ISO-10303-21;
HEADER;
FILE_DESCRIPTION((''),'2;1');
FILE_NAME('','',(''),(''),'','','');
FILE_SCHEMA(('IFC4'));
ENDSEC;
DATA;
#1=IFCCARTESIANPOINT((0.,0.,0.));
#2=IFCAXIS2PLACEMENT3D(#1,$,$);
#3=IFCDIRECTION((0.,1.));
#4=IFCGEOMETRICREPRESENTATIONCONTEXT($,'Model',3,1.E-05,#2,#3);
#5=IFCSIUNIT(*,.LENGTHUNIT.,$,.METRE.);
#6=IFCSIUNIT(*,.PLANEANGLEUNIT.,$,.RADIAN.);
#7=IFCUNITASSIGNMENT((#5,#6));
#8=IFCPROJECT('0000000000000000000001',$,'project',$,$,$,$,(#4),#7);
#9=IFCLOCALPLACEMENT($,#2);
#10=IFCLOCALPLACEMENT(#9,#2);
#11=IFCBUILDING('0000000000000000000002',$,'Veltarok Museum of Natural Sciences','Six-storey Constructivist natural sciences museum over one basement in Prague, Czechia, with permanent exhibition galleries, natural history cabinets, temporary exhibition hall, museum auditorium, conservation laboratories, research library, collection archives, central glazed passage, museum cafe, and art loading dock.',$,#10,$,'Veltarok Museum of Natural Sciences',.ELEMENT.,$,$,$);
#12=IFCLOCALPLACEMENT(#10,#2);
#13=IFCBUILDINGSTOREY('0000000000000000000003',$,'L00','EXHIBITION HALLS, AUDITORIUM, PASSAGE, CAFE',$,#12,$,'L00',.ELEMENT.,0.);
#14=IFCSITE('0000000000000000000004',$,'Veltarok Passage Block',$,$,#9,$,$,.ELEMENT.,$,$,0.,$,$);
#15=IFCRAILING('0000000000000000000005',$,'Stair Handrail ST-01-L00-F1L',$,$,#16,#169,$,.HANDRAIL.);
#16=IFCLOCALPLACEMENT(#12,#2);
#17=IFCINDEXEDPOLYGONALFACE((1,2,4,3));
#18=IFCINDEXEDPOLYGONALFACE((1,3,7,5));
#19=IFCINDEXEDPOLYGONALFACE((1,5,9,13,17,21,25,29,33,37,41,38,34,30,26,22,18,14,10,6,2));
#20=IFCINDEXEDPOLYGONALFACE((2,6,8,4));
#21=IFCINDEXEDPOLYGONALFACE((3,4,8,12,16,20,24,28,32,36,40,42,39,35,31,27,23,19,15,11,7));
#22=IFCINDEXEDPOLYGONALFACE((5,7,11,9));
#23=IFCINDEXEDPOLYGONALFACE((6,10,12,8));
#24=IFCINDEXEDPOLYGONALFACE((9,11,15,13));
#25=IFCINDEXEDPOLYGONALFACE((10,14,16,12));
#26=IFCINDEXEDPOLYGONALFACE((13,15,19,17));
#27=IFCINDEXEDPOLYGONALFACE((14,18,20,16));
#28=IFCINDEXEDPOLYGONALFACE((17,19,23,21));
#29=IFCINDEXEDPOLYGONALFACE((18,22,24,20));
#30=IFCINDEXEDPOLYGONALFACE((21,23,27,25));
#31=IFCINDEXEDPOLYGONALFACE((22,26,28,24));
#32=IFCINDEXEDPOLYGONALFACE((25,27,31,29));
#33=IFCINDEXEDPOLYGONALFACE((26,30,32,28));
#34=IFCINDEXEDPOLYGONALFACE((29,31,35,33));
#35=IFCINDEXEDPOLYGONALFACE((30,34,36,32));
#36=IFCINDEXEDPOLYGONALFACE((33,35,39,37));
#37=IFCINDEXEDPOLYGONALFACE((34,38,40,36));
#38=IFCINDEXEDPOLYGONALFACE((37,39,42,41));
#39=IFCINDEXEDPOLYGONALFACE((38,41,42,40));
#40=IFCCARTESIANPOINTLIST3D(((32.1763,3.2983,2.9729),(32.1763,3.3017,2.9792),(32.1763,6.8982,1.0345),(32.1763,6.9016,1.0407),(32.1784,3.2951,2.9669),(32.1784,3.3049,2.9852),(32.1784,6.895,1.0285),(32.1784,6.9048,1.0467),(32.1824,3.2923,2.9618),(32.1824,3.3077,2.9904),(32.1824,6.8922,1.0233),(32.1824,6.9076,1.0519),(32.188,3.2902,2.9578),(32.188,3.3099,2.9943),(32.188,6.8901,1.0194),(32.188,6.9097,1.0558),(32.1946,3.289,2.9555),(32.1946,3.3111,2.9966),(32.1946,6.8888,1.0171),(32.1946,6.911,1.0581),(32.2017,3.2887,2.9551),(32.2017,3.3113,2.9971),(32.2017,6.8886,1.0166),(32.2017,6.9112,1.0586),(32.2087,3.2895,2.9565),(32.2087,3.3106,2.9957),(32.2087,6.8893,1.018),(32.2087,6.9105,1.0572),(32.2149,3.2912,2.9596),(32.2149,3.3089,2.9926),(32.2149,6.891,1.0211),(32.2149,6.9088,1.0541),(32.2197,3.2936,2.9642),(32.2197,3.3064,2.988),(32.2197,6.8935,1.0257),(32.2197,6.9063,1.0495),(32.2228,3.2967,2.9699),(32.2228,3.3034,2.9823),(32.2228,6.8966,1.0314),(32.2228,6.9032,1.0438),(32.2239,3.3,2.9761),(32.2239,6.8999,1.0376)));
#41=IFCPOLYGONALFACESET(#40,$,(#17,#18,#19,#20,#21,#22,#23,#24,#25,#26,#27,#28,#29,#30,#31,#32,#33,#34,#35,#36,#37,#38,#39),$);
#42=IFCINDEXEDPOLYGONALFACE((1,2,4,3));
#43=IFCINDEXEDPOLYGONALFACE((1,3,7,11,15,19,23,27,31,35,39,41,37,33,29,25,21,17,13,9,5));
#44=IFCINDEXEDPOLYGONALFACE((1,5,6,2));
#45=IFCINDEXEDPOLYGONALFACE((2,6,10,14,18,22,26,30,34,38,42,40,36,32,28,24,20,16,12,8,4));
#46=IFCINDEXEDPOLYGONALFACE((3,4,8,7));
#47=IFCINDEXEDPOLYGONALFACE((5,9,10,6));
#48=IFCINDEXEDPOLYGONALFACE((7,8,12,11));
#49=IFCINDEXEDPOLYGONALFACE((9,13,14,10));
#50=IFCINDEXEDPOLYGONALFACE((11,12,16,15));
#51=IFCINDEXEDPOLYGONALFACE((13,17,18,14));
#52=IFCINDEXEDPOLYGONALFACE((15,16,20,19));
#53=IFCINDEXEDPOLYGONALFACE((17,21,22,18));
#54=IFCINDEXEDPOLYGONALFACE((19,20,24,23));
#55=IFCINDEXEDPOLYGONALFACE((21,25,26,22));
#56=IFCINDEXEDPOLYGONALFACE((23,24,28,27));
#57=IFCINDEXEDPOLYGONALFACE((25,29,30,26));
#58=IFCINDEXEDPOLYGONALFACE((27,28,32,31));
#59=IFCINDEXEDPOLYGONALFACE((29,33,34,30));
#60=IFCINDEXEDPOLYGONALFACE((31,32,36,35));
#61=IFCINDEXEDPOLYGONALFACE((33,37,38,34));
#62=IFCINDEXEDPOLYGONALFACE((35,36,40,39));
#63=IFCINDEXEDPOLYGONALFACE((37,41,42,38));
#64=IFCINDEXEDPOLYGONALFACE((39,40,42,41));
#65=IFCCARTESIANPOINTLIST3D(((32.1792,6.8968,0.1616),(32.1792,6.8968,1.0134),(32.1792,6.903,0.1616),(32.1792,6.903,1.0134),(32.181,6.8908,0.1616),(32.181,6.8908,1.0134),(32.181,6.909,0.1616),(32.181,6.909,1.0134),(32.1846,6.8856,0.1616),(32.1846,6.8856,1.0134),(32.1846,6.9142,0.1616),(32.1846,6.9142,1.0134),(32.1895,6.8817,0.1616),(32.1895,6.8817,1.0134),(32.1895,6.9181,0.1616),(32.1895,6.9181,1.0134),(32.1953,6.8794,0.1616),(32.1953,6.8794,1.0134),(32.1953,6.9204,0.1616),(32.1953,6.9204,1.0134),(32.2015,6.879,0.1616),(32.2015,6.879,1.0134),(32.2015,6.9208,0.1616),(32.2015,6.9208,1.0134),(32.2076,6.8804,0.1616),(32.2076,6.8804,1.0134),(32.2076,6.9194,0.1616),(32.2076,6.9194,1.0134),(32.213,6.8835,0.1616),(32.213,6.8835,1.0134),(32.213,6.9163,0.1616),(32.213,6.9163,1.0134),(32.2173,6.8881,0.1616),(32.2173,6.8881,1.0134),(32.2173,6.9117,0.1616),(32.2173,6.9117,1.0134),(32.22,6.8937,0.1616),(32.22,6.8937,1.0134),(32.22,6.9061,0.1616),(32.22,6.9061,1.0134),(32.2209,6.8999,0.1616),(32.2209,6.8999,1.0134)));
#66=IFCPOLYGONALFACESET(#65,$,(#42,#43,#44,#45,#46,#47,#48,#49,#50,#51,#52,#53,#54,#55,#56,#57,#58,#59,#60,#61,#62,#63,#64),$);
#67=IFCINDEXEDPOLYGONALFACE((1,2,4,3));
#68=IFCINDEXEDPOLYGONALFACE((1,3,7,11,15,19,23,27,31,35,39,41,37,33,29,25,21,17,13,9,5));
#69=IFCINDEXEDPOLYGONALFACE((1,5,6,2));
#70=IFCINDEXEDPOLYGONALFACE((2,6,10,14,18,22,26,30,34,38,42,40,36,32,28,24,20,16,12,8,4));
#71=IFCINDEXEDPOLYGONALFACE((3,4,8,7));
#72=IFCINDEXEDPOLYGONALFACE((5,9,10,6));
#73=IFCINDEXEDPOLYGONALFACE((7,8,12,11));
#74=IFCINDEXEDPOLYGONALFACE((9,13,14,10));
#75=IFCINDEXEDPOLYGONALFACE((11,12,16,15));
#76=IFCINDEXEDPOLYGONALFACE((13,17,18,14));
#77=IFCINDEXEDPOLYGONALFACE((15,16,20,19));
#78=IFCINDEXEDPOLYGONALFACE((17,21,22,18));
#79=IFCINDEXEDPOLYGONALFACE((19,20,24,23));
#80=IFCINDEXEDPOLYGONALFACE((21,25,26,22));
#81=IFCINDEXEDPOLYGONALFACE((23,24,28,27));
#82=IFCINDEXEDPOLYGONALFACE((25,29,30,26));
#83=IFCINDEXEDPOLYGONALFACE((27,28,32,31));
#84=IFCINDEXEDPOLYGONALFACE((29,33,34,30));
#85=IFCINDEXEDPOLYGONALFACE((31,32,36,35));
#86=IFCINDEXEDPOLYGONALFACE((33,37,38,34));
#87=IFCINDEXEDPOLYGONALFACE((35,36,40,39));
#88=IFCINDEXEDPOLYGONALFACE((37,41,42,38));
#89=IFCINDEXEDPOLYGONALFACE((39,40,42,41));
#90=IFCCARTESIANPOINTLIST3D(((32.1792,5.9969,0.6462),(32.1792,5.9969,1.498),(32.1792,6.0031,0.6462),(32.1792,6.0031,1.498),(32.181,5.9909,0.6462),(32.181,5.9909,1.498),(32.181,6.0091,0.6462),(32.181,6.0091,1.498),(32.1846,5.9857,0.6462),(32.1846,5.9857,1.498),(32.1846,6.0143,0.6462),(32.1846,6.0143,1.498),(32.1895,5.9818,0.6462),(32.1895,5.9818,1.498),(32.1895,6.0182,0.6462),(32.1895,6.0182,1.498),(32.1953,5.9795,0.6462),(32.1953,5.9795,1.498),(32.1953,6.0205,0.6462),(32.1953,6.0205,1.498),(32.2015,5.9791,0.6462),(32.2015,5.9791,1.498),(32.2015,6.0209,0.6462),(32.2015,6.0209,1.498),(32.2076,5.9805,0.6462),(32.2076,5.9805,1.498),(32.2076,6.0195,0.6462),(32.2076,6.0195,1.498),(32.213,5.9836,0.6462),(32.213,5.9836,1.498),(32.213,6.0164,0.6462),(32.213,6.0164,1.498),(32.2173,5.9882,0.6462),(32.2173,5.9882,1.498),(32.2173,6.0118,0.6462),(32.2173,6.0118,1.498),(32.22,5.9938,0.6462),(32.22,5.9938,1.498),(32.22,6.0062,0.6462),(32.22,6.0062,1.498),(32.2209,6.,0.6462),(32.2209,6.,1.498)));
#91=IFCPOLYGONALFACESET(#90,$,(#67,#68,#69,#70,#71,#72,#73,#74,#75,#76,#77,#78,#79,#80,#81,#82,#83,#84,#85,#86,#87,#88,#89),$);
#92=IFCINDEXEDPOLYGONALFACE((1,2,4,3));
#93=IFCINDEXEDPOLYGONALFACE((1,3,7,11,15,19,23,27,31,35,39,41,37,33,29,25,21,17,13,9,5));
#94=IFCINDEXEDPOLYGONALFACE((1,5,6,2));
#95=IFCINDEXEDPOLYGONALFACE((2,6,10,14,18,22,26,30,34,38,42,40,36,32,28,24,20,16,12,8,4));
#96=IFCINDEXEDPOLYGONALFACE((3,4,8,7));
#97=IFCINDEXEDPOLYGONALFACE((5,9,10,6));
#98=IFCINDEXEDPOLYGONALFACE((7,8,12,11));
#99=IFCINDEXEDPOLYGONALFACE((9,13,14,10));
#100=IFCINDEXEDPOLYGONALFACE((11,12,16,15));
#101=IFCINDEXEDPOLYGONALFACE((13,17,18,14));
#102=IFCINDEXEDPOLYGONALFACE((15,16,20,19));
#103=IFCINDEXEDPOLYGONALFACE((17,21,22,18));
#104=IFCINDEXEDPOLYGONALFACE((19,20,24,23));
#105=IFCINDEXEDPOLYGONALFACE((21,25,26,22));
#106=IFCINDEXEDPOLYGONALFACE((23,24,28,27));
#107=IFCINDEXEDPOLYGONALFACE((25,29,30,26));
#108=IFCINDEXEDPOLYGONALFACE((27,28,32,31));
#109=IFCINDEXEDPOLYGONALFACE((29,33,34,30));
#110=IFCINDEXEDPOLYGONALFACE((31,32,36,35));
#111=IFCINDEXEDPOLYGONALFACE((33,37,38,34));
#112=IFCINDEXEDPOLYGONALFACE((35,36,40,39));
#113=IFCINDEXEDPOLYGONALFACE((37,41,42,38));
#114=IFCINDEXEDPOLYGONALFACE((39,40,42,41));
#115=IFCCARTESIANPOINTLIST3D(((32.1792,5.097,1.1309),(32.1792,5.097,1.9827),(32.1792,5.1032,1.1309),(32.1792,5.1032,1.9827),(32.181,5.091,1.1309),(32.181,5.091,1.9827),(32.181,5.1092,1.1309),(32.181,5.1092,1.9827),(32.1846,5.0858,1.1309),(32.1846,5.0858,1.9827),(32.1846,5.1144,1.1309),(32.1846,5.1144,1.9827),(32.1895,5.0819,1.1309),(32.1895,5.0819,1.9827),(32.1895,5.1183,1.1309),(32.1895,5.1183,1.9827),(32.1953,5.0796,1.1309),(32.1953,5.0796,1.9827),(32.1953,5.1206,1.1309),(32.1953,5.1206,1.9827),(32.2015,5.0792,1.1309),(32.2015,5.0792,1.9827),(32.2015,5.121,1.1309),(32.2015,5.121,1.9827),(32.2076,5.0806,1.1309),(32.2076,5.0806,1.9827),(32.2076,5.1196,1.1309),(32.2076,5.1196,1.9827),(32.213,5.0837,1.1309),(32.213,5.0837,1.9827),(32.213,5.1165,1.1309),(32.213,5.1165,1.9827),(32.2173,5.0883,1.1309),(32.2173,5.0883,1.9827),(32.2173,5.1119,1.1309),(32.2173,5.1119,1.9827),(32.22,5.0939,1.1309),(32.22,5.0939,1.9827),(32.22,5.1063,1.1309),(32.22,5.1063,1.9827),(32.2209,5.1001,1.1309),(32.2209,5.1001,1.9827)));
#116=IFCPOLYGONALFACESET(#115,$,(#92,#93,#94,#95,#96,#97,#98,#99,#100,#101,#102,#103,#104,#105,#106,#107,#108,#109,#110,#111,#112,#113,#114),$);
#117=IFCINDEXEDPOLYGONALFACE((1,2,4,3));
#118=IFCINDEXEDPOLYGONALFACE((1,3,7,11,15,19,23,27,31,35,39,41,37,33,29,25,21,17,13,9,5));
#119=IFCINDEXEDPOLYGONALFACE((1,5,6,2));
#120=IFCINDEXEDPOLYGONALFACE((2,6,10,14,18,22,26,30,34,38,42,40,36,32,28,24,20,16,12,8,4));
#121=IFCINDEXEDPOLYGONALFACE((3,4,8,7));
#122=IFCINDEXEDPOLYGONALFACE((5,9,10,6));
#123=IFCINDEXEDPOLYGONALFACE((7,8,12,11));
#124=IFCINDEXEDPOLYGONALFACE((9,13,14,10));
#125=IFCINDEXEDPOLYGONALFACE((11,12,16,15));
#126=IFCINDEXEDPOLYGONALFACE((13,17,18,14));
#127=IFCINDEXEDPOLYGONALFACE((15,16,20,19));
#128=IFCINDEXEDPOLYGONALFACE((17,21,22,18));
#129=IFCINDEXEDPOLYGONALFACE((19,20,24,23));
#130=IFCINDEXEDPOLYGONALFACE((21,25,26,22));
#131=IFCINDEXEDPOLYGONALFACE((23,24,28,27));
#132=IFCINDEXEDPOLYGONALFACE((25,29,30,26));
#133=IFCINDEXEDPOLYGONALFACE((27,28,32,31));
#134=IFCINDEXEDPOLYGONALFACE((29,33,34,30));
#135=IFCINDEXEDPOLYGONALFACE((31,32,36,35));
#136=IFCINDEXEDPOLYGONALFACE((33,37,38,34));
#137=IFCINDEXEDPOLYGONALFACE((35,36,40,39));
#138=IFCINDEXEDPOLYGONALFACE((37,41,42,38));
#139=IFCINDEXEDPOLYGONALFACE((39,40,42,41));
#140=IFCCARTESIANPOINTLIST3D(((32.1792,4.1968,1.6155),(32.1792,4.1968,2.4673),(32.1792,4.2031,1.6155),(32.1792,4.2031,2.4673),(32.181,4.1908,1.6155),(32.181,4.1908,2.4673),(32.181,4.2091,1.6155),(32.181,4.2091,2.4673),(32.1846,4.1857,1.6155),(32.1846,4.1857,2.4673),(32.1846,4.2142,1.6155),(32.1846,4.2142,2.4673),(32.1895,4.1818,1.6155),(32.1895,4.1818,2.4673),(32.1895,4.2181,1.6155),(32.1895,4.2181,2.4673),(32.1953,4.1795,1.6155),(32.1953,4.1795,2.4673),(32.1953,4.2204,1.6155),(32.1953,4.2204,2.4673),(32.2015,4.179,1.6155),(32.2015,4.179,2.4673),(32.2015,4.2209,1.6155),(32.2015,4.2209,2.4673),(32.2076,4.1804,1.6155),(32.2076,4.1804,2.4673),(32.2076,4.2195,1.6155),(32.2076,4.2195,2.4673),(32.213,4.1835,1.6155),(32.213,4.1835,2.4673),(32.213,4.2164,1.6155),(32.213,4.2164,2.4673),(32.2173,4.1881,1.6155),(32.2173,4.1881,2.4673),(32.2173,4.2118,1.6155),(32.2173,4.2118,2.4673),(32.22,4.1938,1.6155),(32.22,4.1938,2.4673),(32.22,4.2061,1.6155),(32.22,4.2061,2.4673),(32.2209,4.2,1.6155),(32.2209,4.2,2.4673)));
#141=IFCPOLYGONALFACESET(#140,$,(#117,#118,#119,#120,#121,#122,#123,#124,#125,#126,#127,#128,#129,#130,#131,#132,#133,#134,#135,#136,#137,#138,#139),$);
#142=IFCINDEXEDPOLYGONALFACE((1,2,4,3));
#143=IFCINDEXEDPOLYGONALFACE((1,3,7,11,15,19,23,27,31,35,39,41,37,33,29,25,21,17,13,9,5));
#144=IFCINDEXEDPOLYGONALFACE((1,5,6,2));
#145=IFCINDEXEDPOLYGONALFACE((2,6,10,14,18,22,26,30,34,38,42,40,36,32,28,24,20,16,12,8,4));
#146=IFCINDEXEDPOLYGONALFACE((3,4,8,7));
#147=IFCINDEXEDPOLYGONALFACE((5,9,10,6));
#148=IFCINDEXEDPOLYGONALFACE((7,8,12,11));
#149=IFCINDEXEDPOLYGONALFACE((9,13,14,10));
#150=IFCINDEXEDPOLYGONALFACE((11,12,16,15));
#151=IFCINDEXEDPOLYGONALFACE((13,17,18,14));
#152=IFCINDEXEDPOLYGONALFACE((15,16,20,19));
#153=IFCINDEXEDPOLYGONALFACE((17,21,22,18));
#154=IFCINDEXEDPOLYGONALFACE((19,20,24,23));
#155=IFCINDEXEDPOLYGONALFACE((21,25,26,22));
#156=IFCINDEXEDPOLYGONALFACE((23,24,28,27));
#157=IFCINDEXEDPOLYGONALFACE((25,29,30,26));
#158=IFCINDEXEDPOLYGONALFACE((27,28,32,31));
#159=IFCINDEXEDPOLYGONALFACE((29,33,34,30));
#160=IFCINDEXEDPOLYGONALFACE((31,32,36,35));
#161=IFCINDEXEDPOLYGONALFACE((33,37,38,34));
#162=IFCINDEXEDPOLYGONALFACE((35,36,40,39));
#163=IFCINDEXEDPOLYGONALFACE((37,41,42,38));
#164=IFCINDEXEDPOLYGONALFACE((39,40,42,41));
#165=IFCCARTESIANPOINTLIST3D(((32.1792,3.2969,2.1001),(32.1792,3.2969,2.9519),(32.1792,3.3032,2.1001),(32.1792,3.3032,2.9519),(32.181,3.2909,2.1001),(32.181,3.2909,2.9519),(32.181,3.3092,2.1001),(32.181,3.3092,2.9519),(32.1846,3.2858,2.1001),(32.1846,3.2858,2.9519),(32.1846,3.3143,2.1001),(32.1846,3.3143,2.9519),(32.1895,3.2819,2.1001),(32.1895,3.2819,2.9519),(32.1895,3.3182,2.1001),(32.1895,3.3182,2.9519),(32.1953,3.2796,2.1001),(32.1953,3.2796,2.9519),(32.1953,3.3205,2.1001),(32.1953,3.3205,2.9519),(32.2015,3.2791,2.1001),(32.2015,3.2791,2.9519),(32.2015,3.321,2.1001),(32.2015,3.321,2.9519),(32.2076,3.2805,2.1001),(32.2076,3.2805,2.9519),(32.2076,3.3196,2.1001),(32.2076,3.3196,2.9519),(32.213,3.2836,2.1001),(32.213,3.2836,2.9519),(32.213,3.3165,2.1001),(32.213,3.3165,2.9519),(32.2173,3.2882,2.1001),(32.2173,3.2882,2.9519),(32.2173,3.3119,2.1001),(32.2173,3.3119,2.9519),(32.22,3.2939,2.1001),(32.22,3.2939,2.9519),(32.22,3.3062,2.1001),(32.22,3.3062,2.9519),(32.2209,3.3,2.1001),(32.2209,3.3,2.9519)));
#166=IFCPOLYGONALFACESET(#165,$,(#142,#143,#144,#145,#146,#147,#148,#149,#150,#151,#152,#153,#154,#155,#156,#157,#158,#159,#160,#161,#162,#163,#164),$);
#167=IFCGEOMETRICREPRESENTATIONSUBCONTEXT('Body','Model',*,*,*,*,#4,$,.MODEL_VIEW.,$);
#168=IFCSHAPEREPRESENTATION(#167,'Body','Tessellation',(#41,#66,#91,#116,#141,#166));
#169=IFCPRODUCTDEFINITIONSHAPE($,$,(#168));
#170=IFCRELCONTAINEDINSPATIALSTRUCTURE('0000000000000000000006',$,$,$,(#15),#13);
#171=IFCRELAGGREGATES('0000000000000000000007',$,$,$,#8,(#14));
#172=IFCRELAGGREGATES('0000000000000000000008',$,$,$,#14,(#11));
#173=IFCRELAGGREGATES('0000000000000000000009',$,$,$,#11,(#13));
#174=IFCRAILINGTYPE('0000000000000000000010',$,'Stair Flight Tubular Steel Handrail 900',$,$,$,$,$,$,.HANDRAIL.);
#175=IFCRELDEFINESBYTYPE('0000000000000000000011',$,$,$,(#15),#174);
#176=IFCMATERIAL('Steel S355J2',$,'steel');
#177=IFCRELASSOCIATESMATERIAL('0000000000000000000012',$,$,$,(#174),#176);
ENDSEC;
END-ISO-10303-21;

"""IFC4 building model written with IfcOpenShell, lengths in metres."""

from ifc_helpers import new_model, si_unit, direction, frame, origin, origin_2d, place, context, subcontext, project, spatial, circle, extrude, material, type_object, element, save


model = new_model("IFC4")

# Units and contexts
model_context = context("Model", 3, precision=1e-05, world=origin(), true_north=direction((0.0, 1.0)))
body_context = subcontext(model_context, "Body", "Model", "MODEL_VIEW")
ifc_project = project(units=[si_unit("LENGTHUNIT", "METRE"), si_unit("PLANEANGLEUNIT", "RADIAN")], contexts=[model_context])

# Site, building, storey
site_placement = place(None, origin())
site = spatial("IfcSite", under=ifc_project, at=site_placement, Name="Veltarok Passage Block", CompositionType="ELEMENT", RefElevation=0.0)
building_placement = place(site_placement, origin())
building = spatial("IfcBuilding", under=site, at=building_placement, Name="Veltarok Museum of Natural Sciences", Description="Six-storey Constructivist natural sciences museum over one basement in Prague, Czechia, with permanent exhibition galleries, natural history cabinets, temporary exhibition hall, museum auditorium, conservation laboratories, research library, collection archives, central glazed passage, museum cafe, and art loading dock.", LongName="Veltarok Museum of Natural Sciences", CompositionType="ELEMENT")
storey_placement = place(building_placement, origin())
storey = spatial("IfcBuildingStorey", under=building, at=storey_placement, Name="L00", Description="EXHIBITION HALLS, AUDITORIUM, PASSAGE, CAFE", LongName="L00", CompositionType="ELEMENT", Elevation=0.0)

# Shared definitions
ifc_material_1 = material(Name="Steel S355J2", Category="steel")

# Railing
railing_type_1 = type_object("IfcRailingType", Name="Stair Flight Tubular Steel Handrail 900", PredefinedType="HANDRAIL", material=ifc_material_1)
railing_1_placement = place(storey_placement, frame((32.2, 6.8999, 0.1616)))
element("IfcRailing", 1, at=railing_1_placement, inside=storey, type_object=railing_type_1, Name="Stair Handrail ST-01-L00-F1L", PredefinedType="HANDRAIL", context=body_context, shape_type="SweptSolid", body=[
    extrude(circle(Radius=0.0239, at=origin_2d()), frame((0.0, 0.0, 0.876), z_axis=(0.0, -0.880462, 0.474118), x_axis=(1.0, 0.0, 0.0)), (0.0, 0.0, 1.0), 4.0886),
    extrude(circle(Radius=0.021, at=origin_2d()), origin(), (0.0, 0.0, 1.0), 0.8518),
    extrude(circle(Radius=0.021, at=origin_2d()), frame((0.0, -0.8999, 0.4846)), (0.0, 0.0, 1.0), 0.8518),
    extrude(circle(Radius=0.021, at=origin_2d()), frame((0.0, -1.7998, 0.9692)), (0.0, 0.0, 1.0), 0.8518),
    extrude(circle(Radius=0.021, at=origin_2d()), frame((0.0, -2.7, 1.4539)), (0.0, 0.0, 1.0), 0.8518),
    extrude(circle(Radius=0.021, at=origin_2d()), frame((0.0, -3.5999, 1.9385)), (0.0, 0.0, 1.0), 0.8518),
])

save(model, "model.ifc")
